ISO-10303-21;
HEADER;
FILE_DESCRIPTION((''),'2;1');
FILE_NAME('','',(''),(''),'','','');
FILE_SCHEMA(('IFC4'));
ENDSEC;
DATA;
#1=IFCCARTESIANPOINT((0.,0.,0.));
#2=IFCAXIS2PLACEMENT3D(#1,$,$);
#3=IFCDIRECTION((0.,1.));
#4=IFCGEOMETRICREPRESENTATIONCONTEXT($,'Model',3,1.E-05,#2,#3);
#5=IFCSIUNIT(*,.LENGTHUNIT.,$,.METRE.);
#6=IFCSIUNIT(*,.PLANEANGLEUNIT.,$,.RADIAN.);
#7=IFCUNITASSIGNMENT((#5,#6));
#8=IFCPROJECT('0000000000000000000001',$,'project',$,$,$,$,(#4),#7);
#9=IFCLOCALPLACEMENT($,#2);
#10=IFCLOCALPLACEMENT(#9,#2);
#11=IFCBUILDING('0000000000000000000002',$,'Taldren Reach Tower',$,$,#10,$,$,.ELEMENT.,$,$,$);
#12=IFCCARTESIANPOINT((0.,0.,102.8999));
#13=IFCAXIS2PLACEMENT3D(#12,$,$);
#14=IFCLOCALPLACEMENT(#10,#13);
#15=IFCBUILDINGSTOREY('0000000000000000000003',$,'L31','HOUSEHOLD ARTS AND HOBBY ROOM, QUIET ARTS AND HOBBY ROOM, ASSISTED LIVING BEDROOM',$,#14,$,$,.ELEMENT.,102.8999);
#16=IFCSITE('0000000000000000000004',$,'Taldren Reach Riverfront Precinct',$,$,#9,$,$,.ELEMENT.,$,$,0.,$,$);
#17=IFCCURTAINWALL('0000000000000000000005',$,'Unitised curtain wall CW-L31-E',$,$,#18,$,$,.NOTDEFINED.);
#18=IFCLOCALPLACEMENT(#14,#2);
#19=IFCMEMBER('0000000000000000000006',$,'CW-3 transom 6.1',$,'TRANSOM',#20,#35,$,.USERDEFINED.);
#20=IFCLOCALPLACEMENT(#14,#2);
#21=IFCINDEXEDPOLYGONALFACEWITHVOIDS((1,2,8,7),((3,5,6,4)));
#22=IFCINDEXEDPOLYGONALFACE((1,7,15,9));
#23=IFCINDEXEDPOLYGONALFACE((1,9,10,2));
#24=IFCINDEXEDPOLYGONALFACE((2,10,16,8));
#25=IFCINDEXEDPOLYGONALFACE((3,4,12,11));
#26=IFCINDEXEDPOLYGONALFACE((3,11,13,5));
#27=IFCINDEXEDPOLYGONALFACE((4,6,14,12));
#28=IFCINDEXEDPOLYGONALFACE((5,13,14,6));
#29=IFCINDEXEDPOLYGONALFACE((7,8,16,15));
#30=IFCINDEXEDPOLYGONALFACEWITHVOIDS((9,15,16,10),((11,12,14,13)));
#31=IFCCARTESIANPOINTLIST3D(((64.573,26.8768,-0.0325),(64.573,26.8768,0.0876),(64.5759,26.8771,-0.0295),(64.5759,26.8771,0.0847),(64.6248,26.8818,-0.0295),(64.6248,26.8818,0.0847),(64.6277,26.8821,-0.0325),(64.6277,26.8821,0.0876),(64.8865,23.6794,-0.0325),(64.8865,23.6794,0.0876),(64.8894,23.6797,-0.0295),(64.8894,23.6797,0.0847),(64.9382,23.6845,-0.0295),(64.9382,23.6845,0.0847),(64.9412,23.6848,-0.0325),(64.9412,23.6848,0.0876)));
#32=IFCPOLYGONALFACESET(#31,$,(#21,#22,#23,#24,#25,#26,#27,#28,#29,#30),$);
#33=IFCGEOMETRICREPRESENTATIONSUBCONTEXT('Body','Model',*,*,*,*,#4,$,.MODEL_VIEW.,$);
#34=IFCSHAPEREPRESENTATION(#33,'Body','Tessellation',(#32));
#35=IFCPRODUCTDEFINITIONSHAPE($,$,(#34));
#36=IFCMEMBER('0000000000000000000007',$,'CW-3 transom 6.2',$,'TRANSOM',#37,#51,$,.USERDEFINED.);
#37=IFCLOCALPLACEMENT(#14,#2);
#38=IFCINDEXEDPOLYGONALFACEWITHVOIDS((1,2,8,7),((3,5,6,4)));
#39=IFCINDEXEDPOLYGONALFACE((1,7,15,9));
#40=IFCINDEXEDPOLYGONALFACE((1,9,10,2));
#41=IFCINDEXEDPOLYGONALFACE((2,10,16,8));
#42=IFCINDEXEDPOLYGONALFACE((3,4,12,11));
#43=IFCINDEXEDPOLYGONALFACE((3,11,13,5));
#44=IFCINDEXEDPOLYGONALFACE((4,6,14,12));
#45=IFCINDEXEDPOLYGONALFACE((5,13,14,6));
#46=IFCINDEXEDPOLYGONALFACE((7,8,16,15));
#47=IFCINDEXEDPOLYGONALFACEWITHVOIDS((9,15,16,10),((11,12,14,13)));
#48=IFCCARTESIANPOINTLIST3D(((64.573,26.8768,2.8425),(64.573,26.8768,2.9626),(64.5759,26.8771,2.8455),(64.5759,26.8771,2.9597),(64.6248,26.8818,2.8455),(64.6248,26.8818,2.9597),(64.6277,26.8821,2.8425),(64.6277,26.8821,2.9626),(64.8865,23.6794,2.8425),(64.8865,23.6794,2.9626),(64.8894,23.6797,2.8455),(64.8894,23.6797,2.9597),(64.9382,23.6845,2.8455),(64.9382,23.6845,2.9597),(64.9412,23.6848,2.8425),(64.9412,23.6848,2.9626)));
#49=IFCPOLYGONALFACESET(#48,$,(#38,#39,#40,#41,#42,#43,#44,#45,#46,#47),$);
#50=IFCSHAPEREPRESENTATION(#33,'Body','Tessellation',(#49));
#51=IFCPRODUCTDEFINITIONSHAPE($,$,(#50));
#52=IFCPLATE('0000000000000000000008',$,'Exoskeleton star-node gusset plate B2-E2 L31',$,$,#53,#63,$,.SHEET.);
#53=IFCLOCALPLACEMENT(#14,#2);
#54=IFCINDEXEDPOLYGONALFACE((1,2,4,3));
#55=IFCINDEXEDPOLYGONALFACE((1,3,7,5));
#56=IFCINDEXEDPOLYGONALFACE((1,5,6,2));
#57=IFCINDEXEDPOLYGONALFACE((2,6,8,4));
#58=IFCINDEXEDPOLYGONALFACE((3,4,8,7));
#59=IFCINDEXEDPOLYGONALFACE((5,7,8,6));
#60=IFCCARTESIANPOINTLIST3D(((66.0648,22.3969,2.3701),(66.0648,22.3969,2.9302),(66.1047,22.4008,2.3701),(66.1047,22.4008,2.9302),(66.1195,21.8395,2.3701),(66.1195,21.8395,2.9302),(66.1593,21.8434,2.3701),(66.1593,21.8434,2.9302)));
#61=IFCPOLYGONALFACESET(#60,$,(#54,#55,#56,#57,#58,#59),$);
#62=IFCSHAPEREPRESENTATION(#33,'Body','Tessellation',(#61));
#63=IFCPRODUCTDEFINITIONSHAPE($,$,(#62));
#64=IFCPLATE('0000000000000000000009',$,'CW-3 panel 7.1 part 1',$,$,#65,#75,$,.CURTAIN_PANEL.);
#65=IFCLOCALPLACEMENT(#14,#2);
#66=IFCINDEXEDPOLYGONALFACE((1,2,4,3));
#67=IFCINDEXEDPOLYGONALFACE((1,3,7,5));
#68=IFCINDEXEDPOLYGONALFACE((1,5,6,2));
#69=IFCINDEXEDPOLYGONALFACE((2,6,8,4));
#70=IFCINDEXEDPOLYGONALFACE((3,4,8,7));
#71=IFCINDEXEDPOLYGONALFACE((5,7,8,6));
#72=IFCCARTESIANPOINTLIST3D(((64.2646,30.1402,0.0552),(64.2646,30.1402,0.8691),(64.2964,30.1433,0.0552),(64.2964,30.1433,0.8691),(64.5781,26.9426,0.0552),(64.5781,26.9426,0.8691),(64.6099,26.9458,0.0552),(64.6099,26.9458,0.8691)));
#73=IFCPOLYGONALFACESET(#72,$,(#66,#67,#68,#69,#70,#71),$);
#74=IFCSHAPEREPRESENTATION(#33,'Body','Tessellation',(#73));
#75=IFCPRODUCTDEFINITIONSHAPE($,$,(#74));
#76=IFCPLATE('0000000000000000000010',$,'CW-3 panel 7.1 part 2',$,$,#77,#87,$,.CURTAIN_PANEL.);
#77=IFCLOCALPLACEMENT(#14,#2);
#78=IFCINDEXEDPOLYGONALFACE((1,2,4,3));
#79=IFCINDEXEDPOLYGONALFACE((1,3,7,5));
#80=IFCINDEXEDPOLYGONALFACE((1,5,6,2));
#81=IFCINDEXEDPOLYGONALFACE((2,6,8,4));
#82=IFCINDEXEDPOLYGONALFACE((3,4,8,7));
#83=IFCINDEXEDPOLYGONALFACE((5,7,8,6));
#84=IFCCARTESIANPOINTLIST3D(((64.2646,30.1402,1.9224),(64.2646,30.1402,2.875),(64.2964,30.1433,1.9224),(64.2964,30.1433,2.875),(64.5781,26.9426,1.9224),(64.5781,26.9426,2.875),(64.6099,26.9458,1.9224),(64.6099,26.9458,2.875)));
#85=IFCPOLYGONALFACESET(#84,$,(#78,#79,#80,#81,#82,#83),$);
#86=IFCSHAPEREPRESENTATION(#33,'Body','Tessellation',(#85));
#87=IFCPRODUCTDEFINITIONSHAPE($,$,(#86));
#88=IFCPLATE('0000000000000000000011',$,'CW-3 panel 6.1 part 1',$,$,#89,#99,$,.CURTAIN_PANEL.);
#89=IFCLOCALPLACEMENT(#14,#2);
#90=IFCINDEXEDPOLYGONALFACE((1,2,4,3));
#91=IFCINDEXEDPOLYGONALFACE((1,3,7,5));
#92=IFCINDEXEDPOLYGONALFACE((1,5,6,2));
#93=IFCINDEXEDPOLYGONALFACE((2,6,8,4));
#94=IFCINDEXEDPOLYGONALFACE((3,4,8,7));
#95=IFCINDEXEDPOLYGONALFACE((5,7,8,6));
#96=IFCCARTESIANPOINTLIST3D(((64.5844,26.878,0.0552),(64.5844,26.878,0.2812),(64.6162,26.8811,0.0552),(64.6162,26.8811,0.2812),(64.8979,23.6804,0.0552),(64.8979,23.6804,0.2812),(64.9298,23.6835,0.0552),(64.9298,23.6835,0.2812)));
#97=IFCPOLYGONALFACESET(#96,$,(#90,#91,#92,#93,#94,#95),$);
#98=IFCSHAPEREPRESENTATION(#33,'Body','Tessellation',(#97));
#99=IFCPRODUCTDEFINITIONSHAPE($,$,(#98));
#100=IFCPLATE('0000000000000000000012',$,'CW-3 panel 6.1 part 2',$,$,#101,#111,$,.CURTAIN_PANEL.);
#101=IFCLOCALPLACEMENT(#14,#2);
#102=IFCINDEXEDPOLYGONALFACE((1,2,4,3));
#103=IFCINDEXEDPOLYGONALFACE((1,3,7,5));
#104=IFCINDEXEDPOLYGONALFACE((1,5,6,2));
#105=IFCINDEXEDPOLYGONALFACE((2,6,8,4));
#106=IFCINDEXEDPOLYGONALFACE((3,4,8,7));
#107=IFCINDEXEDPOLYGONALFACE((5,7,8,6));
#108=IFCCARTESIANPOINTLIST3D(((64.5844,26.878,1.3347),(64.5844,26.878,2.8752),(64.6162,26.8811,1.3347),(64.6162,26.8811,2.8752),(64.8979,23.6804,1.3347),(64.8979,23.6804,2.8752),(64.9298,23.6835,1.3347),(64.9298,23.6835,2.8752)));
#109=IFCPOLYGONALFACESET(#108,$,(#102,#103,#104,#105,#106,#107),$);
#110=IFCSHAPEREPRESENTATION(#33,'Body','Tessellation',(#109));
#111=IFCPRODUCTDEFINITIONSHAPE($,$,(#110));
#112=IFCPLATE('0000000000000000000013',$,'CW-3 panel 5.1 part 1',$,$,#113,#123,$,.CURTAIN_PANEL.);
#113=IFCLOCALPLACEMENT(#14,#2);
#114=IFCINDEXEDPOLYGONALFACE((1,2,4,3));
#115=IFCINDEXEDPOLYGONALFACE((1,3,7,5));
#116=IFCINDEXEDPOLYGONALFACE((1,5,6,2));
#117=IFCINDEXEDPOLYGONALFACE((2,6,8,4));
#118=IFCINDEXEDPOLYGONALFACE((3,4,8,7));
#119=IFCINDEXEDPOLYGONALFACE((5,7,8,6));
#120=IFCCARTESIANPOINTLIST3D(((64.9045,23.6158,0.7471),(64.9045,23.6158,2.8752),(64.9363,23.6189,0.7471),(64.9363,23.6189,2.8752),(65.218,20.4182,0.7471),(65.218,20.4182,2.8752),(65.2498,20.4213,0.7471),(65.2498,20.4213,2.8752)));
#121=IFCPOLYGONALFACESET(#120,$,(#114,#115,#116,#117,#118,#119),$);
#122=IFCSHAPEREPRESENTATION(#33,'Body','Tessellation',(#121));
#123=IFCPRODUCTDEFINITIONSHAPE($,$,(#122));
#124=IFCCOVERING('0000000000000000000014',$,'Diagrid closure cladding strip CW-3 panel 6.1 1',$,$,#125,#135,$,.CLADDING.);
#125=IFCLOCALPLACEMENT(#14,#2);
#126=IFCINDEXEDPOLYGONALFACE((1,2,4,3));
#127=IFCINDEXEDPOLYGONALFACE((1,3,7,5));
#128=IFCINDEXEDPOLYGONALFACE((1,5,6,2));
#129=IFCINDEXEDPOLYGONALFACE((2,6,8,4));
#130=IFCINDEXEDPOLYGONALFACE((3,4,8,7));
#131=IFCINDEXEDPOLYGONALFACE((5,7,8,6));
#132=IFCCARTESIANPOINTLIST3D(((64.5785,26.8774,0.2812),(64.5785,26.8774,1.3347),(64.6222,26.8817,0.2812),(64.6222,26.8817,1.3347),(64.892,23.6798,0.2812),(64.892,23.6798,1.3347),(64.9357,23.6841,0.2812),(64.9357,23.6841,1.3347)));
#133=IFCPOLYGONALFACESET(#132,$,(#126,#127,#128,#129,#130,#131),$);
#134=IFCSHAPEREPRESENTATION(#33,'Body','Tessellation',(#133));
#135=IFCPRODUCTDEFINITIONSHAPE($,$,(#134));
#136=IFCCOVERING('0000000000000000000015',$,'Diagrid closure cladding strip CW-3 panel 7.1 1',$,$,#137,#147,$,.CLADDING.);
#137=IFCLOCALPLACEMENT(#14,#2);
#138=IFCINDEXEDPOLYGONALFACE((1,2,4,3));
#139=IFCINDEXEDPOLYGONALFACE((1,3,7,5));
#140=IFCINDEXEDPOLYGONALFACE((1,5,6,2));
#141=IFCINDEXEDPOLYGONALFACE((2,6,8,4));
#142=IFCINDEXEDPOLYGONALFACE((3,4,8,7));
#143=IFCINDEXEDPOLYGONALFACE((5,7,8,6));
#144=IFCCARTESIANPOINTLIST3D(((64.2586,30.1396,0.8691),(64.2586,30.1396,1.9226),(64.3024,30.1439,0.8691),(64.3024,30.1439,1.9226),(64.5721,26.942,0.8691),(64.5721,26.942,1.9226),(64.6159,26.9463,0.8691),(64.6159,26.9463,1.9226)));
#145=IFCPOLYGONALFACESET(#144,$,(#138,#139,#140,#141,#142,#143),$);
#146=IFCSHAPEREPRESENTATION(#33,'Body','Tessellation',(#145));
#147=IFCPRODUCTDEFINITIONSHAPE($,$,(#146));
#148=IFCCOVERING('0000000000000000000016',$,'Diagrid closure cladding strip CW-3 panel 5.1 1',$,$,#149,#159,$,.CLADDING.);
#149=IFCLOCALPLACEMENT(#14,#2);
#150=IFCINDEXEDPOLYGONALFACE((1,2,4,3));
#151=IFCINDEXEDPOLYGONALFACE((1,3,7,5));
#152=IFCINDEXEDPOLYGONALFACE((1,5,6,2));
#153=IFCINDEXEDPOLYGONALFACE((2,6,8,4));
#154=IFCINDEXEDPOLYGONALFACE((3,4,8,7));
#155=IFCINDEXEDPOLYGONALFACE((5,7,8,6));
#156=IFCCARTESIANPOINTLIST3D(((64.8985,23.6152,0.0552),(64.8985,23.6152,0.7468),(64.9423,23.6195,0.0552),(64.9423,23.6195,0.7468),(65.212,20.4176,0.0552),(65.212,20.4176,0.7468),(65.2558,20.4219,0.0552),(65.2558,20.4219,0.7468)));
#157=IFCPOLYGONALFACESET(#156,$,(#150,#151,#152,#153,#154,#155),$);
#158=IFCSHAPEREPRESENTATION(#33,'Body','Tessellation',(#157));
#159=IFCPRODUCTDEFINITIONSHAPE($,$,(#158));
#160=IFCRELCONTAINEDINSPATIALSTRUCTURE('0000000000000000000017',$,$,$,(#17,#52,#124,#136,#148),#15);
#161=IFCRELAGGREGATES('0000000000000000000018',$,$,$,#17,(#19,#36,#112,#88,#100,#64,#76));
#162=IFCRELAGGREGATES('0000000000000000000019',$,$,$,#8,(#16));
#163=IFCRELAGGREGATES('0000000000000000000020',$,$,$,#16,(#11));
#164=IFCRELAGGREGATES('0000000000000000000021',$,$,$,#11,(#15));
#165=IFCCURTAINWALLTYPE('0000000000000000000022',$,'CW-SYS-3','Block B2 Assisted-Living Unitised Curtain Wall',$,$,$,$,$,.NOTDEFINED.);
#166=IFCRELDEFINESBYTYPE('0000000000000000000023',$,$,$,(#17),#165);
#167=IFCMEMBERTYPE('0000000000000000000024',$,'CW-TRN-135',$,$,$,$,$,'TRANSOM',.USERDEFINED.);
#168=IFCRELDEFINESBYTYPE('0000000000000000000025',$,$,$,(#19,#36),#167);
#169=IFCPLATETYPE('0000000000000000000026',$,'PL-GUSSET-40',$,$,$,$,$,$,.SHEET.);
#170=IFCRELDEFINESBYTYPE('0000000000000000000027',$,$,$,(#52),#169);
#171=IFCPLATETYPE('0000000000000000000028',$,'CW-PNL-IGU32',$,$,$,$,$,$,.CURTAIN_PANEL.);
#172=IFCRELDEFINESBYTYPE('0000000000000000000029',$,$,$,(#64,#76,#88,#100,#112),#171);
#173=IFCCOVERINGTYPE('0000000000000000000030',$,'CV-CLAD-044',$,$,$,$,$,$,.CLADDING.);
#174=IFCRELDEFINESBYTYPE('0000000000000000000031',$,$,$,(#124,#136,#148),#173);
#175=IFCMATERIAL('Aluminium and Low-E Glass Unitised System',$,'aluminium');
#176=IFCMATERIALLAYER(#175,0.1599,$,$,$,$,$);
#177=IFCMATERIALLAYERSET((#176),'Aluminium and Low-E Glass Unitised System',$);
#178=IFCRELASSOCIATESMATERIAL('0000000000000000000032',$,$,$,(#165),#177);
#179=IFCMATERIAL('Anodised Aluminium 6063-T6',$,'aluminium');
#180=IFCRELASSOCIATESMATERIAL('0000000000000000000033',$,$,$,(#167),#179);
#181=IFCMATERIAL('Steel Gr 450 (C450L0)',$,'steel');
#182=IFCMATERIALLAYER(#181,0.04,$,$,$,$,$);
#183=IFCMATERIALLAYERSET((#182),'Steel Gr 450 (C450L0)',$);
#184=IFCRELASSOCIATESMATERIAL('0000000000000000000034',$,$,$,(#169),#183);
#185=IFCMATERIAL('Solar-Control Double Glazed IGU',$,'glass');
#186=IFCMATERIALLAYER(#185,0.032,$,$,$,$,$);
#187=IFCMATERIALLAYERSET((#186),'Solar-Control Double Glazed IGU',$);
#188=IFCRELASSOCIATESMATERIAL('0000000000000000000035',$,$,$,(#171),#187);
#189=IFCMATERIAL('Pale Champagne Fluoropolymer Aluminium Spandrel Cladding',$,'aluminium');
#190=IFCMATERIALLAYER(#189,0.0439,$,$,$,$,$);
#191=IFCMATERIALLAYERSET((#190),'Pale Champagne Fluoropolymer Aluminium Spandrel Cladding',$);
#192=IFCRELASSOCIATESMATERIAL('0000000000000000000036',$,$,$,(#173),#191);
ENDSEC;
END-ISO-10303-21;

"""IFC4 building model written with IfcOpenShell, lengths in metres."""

from ifc_helpers import new_model, si_unit, direction, frame, origin, origin_2d, place, context, subcontext, project, spatial, rectangle, hollow_rectangle, extrude, source, transform, mapped, material, layer, layer_set, material_profile, profile_set, type_object, element, aggregate, save


model = new_model("IFC4")

# Units and contexts
model_context = context("Model", 3, precision=1e-05, world=origin(), true_north=direction((0.0, 1.0)))
body_context = subcontext(model_context, "Body", "Model", "MODEL_VIEW")
ifc_project = project(units=[si_unit("LENGTHUNIT", "METRE"), si_unit("PLANEANGLEUNIT", "RADIAN")], contexts=[model_context])

# Site, building, storey
site_placement = place(None, origin())
site = spatial("IfcSite", under=ifc_project, at=site_placement, Name="Taldren Reach Riverfront Precinct", CompositionType="ELEMENT", RefElevation=0.0)
building_placement = place(site_placement, origin())
building = spatial("IfcBuilding", under=site, at=building_placement, Name="Taldren Reach Tower", CompositionType="ELEMENT")
storey_placement = place(building_placement, frame((0.0, 0.0, 102.8999)))
storey = spatial("IfcBuildingStorey", under=building, at=storey_placement, Name="L31", Description="HOUSEHOLD ARTS AND HOBBY ROOM, QUIET ARTS AND HOBBY ROOM, ASSISTED LIVING BEDROOM", CompositionType="ELEMENT", Elevation=102.8999)

# Shared definitions
ifc_material_1 = material(Name="Steel Gr 450 (C450L0)", Category="steel")

# Curtain wall, members
ifc_material_2 = material(Name="Aluminium and Low-E Glass Unitised System", Category="aluminium")
ifc_layer_1 = layer(ifc_material_2, 0.1599)
ifc_layer_set_1 = layer_set([ifc_layer_1], Name="Aluminium and Low-E Glass Unitised System")
curtain_wall_type = type_object("IfcCurtainWallType", Name="CW-SYS-3", Description="Block B2 Assisted-Living Unitised Curtain Wall", PredefinedType="NOTDEFINED", material=ifc_layer_set_1)
curtain_wall_placement = place(storey_placement, origin())
curtain_wall = element("IfcCurtainWall", 1, at=curtain_wall_placement, inside=storey, type_object=curtain_wall_type, Name="Unitised curtain wall CW-L31-E", PredefinedType="NOTDEFINED")
ifc_material_3 = material(Name="Anodised Aluminium 6063-T6", Category="aluminium")
ifc_material_profile_1 = material_profile(ifc_material_3, hollow_rectangle(XDim=0.0549, YDim=0.1201, WallThickness=0.0029, at=origin_2d()), Name="ALU-120x55x3RHS")
ifc_profile_set_1 = profile_set([ifc_material_profile_1], Name="Anodised Aluminium 6063-T6")
member_type_1 = type_object("IfcMemberType", Name="CW-TRN-135", ElementType="TRANSOM", PredefinedType="USERDEFINED", material=ifc_profile_set_1)
shared_shape_1 = source(origin(), body_context, "Body", "SweptSolid", [
    extrude(hollow_rectangle(XDim=0.0549, YDim=0.1201, WallThickness=0.0029, at=origin_2d()), origin(), (0.0, 0.0, 1.0), 3.2126),
])
member_1_placement = place(storey_placement, frame((64.9138, 23.6821, 0.0276), z_axis=(-0.097577, 0.995228, 0.0), x_axis=(-0.995228, -0.097577, 0.0)))
member_1 = element("IfcMember", 2, at=member_1_placement, type_object=member_type_1, Name="CW-3 transom 6.1", ObjectType="TRANSOM", PredefinedType="USERDEFINED", context=body_context, shape_type="MappedRepresentation", body=[
    mapped(shared_shape_1, transform((0.0, 0.0, 0.0), scale=1.0)),
])
member_2_placement = place(storey_placement, frame((64.9138, 23.6821, 2.9026), z_axis=(-0.097577, 0.995228, 0.0), x_axis=(-0.995228, -0.097577, 0.0)))
member_2 = element("IfcMember", 3, at=member_2_placement, type_object=member_type_1, Name="CW-3 transom 6.2", ObjectType="TRANSOM", PredefinedType="USERDEFINED", context=body_context, shape_type="MappedRepresentation", body=[
    mapped(shared_shape_1, transform((0.0, 0.0, 0.0), scale=1.0)),
])

# Plates
ifc_layer_2 = layer(ifc_material_1, 0.04)
ifc_layer_set_2 = layer_set([ifc_layer_2], Name="Steel Gr 450 (C450L0)")
plate_type_1 = type_object("IfcPlateType", Name="PL-GUSSET-40", PredefinedType="SHEET", material=ifc_layer_set_2)
shared_shape_2 = source(origin(), body_context, "Body", "SweptSolid", [
    extrude(rectangle(XDim=0.5601, YDim=0.04, at=origin_2d()), origin(), (0.0, 0.0, 1.0), 0.5601),
])
plate_1_placement = place(storey_placement, frame((66.1121, 22.1201, 2.3701), z_axis=(0.0, 0.0, 1.0), x_axis=(-0.097583, 0.995227, 0.0)))
element("IfcPlate", 4, at=plate_1_placement, inside=storey, type_object=plate_type_1, Name="Exoskeleton star-node gusset plate B2-E2 L31", PredefinedType="SHEET", context=body_context, shape_type="MappedRepresentation", body=[
    mapped(shared_shape_2, transform((0.0, 0.0, 0.0), scale=1.0)),
])
ifc_material_4 = material(Name="Solar-Control Double Glazed IGU", Category="glass")
ifc_layer_3 = layer(ifc_material_4, 0.032)
ifc_layer_set_3 = layer_set([ifc_layer_3], Name="Solar-Control Double Glazed IGU")
plate_type_2 = type_object("IfcPlateType", Name="CW-PNL-IGU32", PredefinedType="CURTAIN_PANEL", material=ifc_layer_set_3)
shared_shape_3 = source(origin(), body_context, "Body", "SweptSolid", [
    extrude(rectangle(XDim=3.2129, YDim=0.032, at=origin_2d()), origin(), (0.0, 0.0, 1.0), 0.814),
])
plate_2_placement = place(storey_placement, frame((64.4373, 28.543, 0.0552), z_axis=(0.0, 0.0, 1.0), x_axis=(-0.097583, 0.995227, 0.0)))
plate_2 = element("IfcPlate", 5, at=plate_2_placement, type_object=plate_type_2, Name="CW-3 panel 7.1 part 1", PredefinedType="CURTAIN_PANEL", context=body_context, shape_type="MappedRepresentation", body=[
    mapped(shared_shape_3, transform((0.0, 0.0, 0.0), scale=1.0)),
])
shared_shape_4 = source(origin(), body_context, "Body", "SweptSolid", [
    extrude(rectangle(XDim=3.2129, YDim=0.032, at=origin_2d()), origin(), (0.0, 0.0, 1.0), 0.9526),
])
plate_3_placement = place(storey_placement, frame((64.4373, 28.543, 1.9224), z_axis=(0.0, 0.0, 1.0), x_axis=(-0.097583, 0.995227, 0.0)))
plate_3 = element("IfcPlate", 6, at=plate_3_placement, type_object=plate_type_2, Name="CW-3 panel 7.1 part 2", PredefinedType="CURTAIN_PANEL", context=body_context, shape_type="MappedRepresentation", body=[
    mapped(shared_shape_4, transform((0.0, 0.0, 0.0), scale=1.0)),
])
shared_shape_5 = source(origin(), body_context, "Body", "SweptSolid", [
    extrude(rectangle(XDim=3.2129, YDim=0.032, at=origin_2d()), origin(), (0.0, 0.0, 1.0), 0.2261),
])
plate_4_placement = place(storey_placement, frame((64.7571, 25.2808, 0.0552), z_axis=(0.0, 0.0, 1.0), x_axis=(-0.097583, 0.995227, 0.0)))
plate_4 = element("IfcPlate", 7, at=plate_4_placement, type_object=plate_type_2, Name="CW-3 panel 6.1 part 1", PredefinedType="CURTAIN_PANEL", context=body_context, shape_type="MappedRepresentation", body=[
    mapped(shared_shape_5, transform((0.0, 0.0, 0.0), scale=1.0)),
])
shared_shape_6 = source(origin(), body_context, "Body", "SweptSolid", [
    extrude(rectangle(XDim=3.2129, YDim=0.032, at=origin_2d()), origin(), (0.0, 0.0, 1.0), 1.5405),
])
plate_5_placement = place(storey_placement, frame((64.7571, 25.2808, 1.3347), z_axis=(0.0, 0.0, 1.0), x_axis=(-0.097583, 0.995227, 0.0)))
plate_5 = element("IfcPlate", 8, at=plate_5_placement, type_object=plate_type_2, Name="CW-3 panel 6.1 part 2", PredefinedType="CURTAIN_PANEL", context=body_context, shape_type="MappedRepresentation", body=[
    mapped(shared_shape_6, transform((0.0, 0.0, 0.0), scale=1.0)),
])
shared_shape_7 = source(origin(), body_context, "Body", "SweptSolid", [
    extrude(rectangle(XDim=3.2129, YDim=0.032, at=origin_2d()), origin(), (0.0, 0.0, 1.0), 2.1282),
])
plate_6_placement = place(storey_placement, frame((65.0771, 22.0186, 0.7471), z_axis=(0.0, 0.0, 1.0), x_axis=(-0.097583, 0.995227, 0.0)))
plate_6 = element("IfcPlate", 9, at=plate_6_placement, type_object=plate_type_2, Name="CW-3 panel 5.1 part 1", PredefinedType="CURTAIN_PANEL", context=body_context, shape_type="MappedRepresentation", body=[
    mapped(shared_shape_7, transform((0.0, 0.0, 0.0), scale=1.0)),
])
aggregate(curtain_wall, [member_1, member_2, plate_6, plate_4, plate_5, plate_2, plate_3])

# Coverings
ifc_material_5 = material(Name="Pale Champagne Fluoropolymer Aluminium Spandrel Cladding", Category="aluminium")
ifc_layer_4 = layer(ifc_material_5, 0.0439)
ifc_layer_set_4 = layer_set([ifc_layer_4], Name="Pale Champagne Fluoropolymer Aluminium Spandrel Cladding")
covering_type = type_object("IfcCoveringType", Name="CV-CLAD-044", PredefinedType="CLADDING", material=ifc_layer_set_4)
shared_shape_8 = source(origin(), body_context, "Body", "SweptSolid", [
    extrude(rectangle(XDim=3.2129, YDim=0.0439, at=origin_2d()), origin(), (0.0, 0.0, 1.0), 1.0535),
])
for number, where, z_axis, x_axis, name in (
    (10, (64.7571, 25.2808, 0.2812), (0.0, 0.0, 1.0), (-0.097583, 0.995227, 0.0), "Diagrid closure cladding strip CW-3 panel 6.1 1"),
    (11, (64.4373, 28.543, 0.8691), (0.0, 0.0, 1.0), (-0.097583, 0.995227, 0.0), "Diagrid closure cladding strip CW-3 panel 7.1 1"),
):
    element("IfcCovering", number, at=place(storey_placement, frame(where, z_axis=z_axis, x_axis=x_axis)), inside=storey, type_object=covering_type, Name=name, PredefinedType="CLADDING", context=body_context, shape_type="MappedRepresentation", body=[
        mapped(shared_shape_8, transform((0.0, 0.0, 0.0), scale=1.0)),
    ])
shared_shape_9 = source(origin(), body_context, "Body", "SweptSolid", [
    extrude(rectangle(XDim=3.2129, YDim=0.0439, at=origin_2d()), origin(), (0.0, 0.0, 1.0), 0.6917),
])
covering_placement = place(storey_placement, frame((65.0771, 22.0186, 0.0552), z_axis=(0.0, 0.0, 1.0), x_axis=(-0.097583, 0.995227, 0.0)))
element("IfcCovering", 12, at=covering_placement, inside=storey, type_object=covering_type, Name="Diagrid closure cladding strip CW-3 panel 5.1 1", PredefinedType="CLADDING", context=body_context, shape_type="MappedRepresentation", body=[
    mapped(shared_shape_9, transform((0.0, 0.0, 0.0), scale=1.0)),
])

save(model, "model.ifc")
